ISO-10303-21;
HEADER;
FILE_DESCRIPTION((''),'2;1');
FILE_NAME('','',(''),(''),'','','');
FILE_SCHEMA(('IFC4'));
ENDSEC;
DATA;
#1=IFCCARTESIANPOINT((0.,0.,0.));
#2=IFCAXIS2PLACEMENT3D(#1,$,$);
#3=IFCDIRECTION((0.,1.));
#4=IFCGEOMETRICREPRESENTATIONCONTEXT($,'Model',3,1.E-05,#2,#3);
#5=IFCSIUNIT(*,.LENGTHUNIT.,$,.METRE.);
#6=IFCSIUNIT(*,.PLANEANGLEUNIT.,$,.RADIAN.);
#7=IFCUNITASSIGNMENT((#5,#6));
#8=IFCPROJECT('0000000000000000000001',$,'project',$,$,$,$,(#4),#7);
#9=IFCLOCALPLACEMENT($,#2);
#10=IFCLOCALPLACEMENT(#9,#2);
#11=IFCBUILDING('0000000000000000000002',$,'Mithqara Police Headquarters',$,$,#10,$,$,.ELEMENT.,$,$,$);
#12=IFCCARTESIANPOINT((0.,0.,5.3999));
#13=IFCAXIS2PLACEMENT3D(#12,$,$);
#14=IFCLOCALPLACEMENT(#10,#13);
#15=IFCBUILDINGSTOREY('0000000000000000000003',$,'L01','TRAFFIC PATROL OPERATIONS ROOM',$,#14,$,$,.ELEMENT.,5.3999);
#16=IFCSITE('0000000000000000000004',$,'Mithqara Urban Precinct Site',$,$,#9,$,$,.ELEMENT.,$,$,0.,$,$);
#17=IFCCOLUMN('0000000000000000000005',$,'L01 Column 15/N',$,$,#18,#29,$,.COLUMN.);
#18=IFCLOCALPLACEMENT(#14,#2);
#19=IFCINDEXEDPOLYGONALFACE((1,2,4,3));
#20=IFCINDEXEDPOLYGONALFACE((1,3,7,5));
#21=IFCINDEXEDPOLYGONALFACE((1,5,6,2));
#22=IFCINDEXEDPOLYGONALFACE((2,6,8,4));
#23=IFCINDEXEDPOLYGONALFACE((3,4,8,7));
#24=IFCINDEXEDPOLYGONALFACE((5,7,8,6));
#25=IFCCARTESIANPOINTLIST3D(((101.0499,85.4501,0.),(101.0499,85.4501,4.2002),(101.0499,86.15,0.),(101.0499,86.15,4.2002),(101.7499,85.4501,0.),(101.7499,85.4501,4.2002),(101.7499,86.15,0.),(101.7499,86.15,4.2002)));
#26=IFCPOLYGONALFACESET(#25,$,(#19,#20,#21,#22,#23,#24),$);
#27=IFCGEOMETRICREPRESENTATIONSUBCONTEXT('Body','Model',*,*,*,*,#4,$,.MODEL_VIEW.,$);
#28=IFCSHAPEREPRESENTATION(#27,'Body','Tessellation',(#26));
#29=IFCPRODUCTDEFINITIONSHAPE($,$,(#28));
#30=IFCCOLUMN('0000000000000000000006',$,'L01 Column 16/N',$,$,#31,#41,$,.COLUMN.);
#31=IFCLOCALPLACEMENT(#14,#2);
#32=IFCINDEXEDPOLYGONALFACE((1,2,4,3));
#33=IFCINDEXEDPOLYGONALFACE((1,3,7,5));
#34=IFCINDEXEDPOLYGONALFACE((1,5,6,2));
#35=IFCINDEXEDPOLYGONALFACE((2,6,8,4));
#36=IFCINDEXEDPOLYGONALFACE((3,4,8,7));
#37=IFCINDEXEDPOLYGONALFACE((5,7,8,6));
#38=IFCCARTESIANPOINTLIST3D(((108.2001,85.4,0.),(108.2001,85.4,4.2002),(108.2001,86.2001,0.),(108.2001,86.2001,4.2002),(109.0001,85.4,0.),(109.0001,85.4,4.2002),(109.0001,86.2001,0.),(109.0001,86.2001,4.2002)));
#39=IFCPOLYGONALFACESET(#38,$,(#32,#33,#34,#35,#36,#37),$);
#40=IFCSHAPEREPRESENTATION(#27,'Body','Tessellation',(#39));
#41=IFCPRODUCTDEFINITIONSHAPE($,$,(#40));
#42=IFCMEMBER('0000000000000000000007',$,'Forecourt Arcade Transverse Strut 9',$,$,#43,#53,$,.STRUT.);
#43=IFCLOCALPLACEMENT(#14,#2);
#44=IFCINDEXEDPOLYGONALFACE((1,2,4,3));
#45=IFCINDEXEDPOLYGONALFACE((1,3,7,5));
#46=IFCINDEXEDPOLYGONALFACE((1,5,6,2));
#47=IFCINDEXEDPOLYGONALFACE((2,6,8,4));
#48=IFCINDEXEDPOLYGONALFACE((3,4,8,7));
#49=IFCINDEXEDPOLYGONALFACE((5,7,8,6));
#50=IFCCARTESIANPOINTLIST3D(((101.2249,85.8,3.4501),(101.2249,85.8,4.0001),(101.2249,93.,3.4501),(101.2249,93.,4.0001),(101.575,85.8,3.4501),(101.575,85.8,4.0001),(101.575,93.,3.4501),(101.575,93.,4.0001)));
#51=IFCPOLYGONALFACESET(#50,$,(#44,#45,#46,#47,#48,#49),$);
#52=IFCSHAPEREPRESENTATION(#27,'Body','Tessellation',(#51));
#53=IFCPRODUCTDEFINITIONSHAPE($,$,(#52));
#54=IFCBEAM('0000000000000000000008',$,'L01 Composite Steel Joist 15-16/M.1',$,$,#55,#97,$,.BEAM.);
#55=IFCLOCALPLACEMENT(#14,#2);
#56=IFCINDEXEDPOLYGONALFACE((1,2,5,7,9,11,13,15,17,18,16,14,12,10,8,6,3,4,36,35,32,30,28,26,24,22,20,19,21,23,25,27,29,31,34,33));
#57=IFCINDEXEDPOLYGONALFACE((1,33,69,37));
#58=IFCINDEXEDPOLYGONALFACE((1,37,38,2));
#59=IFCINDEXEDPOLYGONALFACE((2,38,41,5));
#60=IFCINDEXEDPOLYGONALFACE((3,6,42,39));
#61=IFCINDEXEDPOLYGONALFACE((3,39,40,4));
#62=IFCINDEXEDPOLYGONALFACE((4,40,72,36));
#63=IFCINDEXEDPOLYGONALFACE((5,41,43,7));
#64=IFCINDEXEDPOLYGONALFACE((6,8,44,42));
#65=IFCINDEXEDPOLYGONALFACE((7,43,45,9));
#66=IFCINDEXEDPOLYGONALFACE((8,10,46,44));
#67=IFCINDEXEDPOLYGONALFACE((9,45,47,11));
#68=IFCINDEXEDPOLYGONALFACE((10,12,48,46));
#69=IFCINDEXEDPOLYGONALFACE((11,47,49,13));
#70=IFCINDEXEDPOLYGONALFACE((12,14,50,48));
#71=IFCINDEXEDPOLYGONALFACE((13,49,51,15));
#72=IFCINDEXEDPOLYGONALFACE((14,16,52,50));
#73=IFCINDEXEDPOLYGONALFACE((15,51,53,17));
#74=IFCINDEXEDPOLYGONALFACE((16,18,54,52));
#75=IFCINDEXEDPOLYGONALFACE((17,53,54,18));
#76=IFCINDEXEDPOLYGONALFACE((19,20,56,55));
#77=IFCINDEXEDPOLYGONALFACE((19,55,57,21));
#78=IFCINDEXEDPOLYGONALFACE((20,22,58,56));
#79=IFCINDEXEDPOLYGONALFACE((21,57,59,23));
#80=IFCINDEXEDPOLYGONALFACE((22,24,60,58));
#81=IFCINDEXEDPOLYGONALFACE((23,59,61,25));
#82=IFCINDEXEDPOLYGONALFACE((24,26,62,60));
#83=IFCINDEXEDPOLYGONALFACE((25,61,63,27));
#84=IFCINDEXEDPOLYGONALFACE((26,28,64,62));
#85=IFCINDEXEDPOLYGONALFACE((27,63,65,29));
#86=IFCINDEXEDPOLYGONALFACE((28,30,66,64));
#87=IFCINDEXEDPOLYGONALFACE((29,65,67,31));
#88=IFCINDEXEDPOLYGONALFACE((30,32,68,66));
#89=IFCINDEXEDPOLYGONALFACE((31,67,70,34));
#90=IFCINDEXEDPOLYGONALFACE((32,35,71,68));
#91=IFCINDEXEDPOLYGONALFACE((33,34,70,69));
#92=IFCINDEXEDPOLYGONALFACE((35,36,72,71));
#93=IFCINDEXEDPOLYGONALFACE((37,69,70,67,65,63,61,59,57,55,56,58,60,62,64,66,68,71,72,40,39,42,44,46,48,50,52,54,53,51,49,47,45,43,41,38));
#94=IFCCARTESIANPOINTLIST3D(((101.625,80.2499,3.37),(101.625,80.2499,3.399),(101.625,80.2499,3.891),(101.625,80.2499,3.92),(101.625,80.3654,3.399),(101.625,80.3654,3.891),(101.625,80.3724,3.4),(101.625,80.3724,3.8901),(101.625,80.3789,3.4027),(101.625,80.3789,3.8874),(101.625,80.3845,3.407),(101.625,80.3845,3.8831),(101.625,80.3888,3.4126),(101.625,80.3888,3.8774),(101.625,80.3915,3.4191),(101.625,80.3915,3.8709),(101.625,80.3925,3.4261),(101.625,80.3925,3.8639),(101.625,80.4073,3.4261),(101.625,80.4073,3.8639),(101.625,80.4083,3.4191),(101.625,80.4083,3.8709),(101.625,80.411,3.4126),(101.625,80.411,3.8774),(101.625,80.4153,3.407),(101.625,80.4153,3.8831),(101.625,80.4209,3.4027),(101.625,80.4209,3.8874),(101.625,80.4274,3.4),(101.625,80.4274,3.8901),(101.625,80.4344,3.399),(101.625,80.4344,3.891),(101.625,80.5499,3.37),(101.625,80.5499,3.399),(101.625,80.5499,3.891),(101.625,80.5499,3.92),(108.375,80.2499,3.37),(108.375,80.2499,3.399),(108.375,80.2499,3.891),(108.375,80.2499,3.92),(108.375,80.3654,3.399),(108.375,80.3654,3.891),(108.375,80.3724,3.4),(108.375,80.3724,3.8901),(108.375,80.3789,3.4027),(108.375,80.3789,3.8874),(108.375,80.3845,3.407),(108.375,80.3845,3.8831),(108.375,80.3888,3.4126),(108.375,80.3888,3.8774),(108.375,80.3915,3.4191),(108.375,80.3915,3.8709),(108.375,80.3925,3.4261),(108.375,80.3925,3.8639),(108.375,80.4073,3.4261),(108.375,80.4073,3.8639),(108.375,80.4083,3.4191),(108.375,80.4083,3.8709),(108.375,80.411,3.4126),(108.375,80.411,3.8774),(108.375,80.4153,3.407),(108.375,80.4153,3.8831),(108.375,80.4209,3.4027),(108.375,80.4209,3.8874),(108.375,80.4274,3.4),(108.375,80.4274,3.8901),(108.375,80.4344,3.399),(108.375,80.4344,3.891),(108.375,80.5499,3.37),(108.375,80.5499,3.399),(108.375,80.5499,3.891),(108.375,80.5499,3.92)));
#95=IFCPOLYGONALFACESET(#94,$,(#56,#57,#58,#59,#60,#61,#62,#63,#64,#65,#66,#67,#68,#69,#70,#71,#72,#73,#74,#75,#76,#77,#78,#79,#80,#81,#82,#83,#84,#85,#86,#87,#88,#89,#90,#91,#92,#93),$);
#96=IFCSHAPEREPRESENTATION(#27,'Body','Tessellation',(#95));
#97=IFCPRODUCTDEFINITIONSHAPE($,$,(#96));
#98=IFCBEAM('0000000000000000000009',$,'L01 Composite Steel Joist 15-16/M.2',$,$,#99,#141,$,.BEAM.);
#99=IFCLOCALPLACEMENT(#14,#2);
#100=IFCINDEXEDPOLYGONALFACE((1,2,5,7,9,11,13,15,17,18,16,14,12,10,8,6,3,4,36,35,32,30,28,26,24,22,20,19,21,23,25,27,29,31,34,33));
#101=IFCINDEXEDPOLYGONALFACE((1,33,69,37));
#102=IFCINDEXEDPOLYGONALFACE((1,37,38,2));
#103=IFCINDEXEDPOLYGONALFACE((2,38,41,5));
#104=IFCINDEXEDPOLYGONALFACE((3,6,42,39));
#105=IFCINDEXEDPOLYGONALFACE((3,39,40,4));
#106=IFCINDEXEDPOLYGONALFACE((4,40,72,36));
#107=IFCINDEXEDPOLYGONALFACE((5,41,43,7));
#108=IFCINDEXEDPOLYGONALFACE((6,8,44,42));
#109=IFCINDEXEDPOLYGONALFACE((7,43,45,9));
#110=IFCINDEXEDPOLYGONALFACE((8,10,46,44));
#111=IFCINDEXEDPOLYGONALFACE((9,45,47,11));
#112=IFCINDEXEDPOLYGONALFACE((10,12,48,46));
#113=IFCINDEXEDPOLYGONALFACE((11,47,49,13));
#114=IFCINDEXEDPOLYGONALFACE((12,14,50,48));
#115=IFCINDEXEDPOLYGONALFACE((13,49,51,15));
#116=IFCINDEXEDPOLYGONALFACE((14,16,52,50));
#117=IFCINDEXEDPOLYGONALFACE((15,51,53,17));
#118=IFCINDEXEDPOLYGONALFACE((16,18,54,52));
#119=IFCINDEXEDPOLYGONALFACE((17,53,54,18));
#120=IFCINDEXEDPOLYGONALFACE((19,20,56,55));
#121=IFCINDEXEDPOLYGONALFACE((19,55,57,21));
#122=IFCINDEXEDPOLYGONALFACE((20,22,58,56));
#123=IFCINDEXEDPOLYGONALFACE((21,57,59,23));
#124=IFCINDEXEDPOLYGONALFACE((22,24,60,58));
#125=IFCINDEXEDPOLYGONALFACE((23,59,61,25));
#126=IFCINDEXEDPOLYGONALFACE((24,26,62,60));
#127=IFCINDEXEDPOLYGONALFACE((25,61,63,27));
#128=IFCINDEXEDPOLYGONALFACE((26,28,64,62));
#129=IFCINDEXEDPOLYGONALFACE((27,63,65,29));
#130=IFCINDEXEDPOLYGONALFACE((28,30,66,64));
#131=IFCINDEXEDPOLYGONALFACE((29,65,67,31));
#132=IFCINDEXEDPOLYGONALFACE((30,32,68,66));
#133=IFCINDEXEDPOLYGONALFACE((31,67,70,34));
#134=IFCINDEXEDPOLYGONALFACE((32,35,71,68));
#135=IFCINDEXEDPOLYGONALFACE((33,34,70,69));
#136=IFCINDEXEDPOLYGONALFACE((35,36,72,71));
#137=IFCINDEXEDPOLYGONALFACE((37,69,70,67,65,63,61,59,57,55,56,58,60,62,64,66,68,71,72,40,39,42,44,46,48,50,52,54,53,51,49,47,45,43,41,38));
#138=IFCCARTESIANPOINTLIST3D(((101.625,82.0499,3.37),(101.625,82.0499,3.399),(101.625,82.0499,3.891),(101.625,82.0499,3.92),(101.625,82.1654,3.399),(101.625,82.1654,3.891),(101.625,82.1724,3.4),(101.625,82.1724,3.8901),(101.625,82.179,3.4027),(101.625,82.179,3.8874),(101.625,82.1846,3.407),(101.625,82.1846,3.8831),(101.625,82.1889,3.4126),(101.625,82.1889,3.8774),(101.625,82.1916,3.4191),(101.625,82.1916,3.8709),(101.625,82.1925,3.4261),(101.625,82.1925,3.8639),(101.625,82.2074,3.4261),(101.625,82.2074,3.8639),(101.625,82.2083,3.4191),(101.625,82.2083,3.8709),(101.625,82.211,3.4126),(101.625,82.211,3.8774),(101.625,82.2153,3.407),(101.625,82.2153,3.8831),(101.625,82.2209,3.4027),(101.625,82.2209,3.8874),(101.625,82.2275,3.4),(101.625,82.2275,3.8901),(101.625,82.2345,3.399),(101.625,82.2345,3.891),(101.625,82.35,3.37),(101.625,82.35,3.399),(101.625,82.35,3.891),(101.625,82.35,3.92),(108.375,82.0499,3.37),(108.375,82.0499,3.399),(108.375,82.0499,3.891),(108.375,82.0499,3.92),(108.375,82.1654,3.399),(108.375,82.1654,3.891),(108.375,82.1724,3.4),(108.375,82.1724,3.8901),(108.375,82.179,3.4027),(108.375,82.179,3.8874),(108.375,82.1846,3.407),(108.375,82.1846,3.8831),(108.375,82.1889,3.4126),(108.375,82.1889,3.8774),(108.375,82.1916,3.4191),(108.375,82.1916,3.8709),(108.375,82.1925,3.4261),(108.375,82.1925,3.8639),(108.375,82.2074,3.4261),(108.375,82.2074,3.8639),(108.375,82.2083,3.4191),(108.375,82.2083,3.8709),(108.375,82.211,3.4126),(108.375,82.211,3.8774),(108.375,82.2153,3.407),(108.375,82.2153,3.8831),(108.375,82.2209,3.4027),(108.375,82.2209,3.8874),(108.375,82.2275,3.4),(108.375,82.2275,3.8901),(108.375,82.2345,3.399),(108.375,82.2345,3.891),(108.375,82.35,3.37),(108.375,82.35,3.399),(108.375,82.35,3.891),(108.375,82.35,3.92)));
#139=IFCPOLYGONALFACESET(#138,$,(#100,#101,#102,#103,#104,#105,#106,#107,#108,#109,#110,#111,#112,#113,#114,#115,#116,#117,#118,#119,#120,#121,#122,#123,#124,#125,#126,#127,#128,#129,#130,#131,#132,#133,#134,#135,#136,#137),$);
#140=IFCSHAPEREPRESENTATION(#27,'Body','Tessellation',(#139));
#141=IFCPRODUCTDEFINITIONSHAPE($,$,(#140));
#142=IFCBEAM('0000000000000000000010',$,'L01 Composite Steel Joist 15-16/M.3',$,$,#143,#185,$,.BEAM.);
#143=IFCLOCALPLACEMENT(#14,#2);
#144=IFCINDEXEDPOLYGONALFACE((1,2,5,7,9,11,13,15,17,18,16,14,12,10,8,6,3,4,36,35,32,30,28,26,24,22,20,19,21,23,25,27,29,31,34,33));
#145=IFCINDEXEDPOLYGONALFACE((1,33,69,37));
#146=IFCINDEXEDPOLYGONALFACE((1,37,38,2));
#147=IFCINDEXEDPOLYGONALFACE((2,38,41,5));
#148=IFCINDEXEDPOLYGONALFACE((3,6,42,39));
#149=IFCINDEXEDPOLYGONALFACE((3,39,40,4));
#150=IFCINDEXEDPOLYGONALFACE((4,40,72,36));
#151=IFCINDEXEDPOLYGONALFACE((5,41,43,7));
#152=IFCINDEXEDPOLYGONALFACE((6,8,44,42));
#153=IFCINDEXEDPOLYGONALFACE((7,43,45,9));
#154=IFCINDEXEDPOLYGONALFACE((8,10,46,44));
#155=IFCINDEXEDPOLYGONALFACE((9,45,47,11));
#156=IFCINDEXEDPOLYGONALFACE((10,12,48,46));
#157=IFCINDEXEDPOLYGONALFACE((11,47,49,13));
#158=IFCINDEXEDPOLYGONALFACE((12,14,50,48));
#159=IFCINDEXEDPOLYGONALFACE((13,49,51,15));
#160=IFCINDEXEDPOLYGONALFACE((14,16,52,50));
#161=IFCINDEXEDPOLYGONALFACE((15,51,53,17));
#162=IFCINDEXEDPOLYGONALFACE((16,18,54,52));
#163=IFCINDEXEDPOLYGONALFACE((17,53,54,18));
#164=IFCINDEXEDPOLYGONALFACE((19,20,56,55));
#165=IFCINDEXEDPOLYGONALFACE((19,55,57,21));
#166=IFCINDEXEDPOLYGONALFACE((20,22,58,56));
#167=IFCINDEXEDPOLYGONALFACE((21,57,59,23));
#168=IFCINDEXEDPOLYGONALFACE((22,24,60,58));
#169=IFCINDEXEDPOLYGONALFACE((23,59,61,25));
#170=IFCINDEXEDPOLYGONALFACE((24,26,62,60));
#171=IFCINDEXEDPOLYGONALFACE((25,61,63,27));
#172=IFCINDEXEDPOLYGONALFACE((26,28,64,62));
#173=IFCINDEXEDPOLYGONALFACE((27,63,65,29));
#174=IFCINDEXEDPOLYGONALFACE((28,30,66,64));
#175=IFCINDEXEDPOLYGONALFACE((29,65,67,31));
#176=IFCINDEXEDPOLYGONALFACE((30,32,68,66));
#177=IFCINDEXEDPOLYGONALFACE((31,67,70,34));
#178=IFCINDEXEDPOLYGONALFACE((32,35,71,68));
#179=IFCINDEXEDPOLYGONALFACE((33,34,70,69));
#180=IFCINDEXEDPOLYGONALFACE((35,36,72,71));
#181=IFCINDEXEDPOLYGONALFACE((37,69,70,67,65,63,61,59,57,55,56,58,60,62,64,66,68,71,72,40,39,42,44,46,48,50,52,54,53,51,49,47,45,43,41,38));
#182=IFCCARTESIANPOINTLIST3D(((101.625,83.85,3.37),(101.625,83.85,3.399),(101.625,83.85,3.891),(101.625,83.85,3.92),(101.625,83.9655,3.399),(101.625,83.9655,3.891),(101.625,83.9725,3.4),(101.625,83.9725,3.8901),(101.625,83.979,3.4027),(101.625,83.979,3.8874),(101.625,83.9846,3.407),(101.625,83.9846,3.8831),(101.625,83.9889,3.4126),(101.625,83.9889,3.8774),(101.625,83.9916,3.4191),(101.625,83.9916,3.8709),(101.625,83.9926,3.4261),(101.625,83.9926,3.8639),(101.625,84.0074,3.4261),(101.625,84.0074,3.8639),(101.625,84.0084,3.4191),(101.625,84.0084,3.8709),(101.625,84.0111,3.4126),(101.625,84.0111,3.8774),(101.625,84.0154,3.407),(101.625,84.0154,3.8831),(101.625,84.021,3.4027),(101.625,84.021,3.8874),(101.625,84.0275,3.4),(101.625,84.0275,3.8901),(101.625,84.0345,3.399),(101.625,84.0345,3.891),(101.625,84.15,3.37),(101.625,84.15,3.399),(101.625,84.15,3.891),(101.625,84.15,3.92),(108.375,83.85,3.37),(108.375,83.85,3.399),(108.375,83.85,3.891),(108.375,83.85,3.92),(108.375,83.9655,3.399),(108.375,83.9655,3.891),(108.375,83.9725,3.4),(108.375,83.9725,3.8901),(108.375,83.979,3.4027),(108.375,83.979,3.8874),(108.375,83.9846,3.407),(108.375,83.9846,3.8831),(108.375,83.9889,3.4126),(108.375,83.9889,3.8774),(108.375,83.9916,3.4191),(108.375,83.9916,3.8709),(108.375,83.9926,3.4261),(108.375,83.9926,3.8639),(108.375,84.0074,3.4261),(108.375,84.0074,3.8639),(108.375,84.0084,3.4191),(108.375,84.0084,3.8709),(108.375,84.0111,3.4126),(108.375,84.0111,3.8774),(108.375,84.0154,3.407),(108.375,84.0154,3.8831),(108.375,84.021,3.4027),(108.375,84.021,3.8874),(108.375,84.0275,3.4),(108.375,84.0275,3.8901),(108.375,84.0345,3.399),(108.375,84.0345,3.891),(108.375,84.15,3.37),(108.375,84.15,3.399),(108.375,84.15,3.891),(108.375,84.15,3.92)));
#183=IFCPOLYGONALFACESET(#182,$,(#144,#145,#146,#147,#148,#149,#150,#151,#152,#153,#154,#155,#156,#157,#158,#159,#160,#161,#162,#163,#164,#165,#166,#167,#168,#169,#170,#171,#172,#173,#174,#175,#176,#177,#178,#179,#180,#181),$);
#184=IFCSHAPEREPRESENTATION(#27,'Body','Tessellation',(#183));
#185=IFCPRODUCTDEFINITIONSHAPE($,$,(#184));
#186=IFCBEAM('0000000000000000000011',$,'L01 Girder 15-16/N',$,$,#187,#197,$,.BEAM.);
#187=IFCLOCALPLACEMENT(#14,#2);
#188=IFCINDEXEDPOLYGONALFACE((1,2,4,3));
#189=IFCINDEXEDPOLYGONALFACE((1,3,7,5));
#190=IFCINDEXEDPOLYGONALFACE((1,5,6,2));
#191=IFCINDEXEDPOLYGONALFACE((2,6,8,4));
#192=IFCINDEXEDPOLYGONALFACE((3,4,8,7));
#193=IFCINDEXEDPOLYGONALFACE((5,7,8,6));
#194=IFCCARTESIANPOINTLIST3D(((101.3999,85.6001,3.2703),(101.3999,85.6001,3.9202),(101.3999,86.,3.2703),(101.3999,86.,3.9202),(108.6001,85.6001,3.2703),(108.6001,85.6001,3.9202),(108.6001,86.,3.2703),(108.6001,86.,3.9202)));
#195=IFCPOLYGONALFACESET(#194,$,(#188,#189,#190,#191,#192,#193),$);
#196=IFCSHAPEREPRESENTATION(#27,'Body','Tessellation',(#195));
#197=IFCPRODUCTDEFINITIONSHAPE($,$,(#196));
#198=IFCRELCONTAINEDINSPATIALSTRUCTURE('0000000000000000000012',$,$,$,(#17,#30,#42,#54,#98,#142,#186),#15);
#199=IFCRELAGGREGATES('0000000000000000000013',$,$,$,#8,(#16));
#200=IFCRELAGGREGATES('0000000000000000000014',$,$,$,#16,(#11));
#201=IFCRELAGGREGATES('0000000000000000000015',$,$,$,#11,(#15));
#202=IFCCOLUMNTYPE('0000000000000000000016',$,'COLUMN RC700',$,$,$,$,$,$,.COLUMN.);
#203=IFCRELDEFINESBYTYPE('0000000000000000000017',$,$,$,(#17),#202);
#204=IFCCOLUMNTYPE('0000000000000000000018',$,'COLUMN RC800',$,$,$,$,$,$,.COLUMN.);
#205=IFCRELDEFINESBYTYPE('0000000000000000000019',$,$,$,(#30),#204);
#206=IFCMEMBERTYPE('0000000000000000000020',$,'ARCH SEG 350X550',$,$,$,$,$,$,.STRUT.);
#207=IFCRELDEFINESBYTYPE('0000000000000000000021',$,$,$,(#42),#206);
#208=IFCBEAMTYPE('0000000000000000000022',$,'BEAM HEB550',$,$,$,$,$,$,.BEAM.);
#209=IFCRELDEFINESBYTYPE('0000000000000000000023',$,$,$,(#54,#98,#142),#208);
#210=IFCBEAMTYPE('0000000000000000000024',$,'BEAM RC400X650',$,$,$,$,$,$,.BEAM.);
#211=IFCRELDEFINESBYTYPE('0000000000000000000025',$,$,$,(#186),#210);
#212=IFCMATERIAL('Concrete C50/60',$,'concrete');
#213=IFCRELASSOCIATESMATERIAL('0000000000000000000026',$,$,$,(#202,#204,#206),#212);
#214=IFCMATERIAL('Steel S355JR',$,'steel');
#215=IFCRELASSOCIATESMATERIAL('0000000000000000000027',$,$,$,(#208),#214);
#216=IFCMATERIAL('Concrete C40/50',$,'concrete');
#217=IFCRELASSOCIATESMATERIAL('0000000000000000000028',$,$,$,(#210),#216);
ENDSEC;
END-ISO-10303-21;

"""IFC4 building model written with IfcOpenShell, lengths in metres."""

from ifc_helpers import new_model, si_unit, direction, frame, origin, origin_2d, place, context, subcontext, project, spatial, rectangle, i_section, extrude, material, material_profile, profile_set, type_object, element, save


model = new_model("IFC4")

# Units and contexts
model_context = context("Model", 3, precision=1e-05, world=origin(), true_north=direction((0.0, 1.0)))
body_context = subcontext(model_context, "Body", "Model", "MODEL_VIEW")
ifc_project = project(units=[si_unit("LENGTHUNIT", "METRE"), si_unit("PLANEANGLEUNIT", "RADIAN")], contexts=[model_context])

# Site, building, storey
site_placement = place(None, origin())
site = spatial("IfcSite", under=ifc_project, at=site_placement, Name="Mithqara Urban Precinct Site", CompositionType="ELEMENT", RefElevation=0.0)
building_placement = place(site_placement, origin())
building = spatial("IfcBuilding", under=site, at=building_placement, Name="Mithqara Police Headquarters", CompositionType="ELEMENT")
storey_placement = place(building_placement, frame((0.0, 0.0, 5.3999)))
storey = spatial("IfcBuildingStorey", under=building, at=storey_placement, Name="L01", Description="TRAFFIC PATROL OPERATIONS ROOM", CompositionType="ELEMENT", Elevation=5.3999)

# Columns
ifc_material_1 = material(Name="Concrete C50/60", Category="concrete")
ifc_material_profile_1 = material_profile(ifc_material_1, rectangle(XDim=0.7, YDim=0.7, at=origin_2d()), Name="RC 700x700")
ifc_profile_set_1 = profile_set([ifc_material_profile_1], Name="Concrete C50/60")
column_type_1 = type_object("IfcColumnType", Name="COLUMN RC700", PredefinedType="COLUMN", material=ifc_profile_set_1)
column_1_placement = place(storey_placement, frame((101.3999, 85.8, 0.0), z_axis=(0.0, 0.0, 1.0), x_axis=(1.0, 0.0, 0.0)))
element("IfcColumn", 1, at=column_1_placement, inside=storey, type_object=column_type_1, Name="L01 Column 15/N", PredefinedType="COLUMN", context=body_context, shape_type="SweptSolid", body=[
    extrude(rectangle(XDim=0.7, YDim=0.7, at=origin_2d()), origin(), (0.0, 0.0, 1.0), 4.2002),
])
ifc_material_profile_2 = material_profile(ifc_material_1, rectangle(XDim=0.8, YDim=0.8, at=origin_2d()), Name="RC 800x800")
ifc_profile_set_2 = profile_set([ifc_material_profile_2], Name="Concrete C50/60")
column_type_2 = type_object("IfcColumnType", Name="COLUMN RC800", PredefinedType="COLUMN", material=ifc_profile_set_2)
column_2_placement = place(storey_placement, frame((108.6001, 85.8, 0.0), z_axis=(0.0, 0.0, 1.0), x_axis=(1.0, 0.0, 0.0)))
element("IfcColumn", 2, at=column_2_placement, inside=storey, type_object=column_type_2, Name="L01 Column 16/N", PredefinedType="COLUMN", context=body_context, shape_type="SweptSolid", body=[
    extrude(rectangle(XDim=0.8, YDim=0.8, at=origin_2d()), origin(), (0.0, 0.0, 1.0), 4.2002),
])

# Member
ifc_material_profile_3 = material_profile(ifc_material_1, rectangle(XDim=0.3501, YDim=0.55, at=origin_2d()), Name="ARC 350x550")
ifc_profile_set_3 = profile_set([ifc_material_profile_3], Name="Concrete C50/60")
member_type = type_object("IfcMemberType", Name="ARCH SEG 350X550", PredefinedType="STRUT", material=ifc_profile_set_3)
member_placement = place(storey_placement, frame((101.3999, 85.8, 3.7251), z_axis=(0.0, 1.0, 0.0), x_axis=(-1.0, 0.0, 0.0)))
element("IfcMember", 3, at=member_placement, inside=storey, type_object=member_type, Name="Forecourt Arcade Transverse Strut 9", PredefinedType="STRUT", context=body_context, shape_type="SweptSolid", body=[
    extrude(rectangle(XDim=0.3501, YDim=0.55, at=origin_2d()), origin(), (0.0, 0.0, 1.0), 7.2),
])

# Beams
ifc_material_2 = material(Name="Steel S355JR", Category="steel")
ifc_material_profile_4 = material_profile(ifc_material_2, i_section(OverallWidth=0.3, OverallDepth=0.55, WebThickness=0.0149, FlangeThickness=0.0291, FilletRadius=0.0271, at=origin_2d()), Name="HEB 550")
ifc_profile_set_4 = profile_set([ifc_material_profile_4], Name="Steel S355JR")
beam_type_1 = type_object("IfcBeamType", Name="BEAM HEB550", PredefinedType="BEAM", material=ifc_profile_set_4)
for number, where, z_axis, x_axis, name in (
    (4, (101.625, 80.3999, 3.645), (1.0, 0.0, 0.0), (0.0, 1.0, 0.0), "L01 Composite Steel Joist 15-16/M.1"),
    (5, (101.625, 82.2, 3.645), (1.0, 0.0, 0.0), (0.0, 1.0, 0.0), "L01 Composite Steel Joist 15-16/M.2"),
    (6, (101.625, 84.0, 3.645), (1.0, 0.0, 0.0), (0.0, 1.0, 0.0), "L01 Composite Steel Joist 15-16/M.3"),
):
    element("IfcBeam", number, at=place(storey_placement, frame(where, z_axis=z_axis, x_axis=x_axis)), inside=storey, type_object=beam_type_1, Name=name, PredefinedType="BEAM", context=body_context, shape_type="SweptSolid", body=[
        extrude(i_section(OverallWidth=0.3, OverallDepth=0.55, WebThickness=0.0149, FlangeThickness=0.0291, FilletRadius=0.0271, at=origin_2d()), origin(), (0.0, 0.0, 1.0), 6.75),
    ])
ifc_material_3 = material(Name="Concrete C40/50", Category="concrete")
ifc_material_profile_5 = material_profile(ifc_material_3, rectangle(XDim=0.3999, YDim=0.6499, at=origin_2d()), Name="RC 400x650")
ifc_profile_set_5 = profile_set([ifc_material_profile_5], Name="Concrete C40/50")
beam_type_2 = type_object("IfcBeamType", Name="BEAM RC400X650", PredefinedType="BEAM", material=ifc_profile_set_5)
beam_placement = place(storey_placement, frame((101.3999, 85.8, 3.5952), z_axis=(1.0, 0.0, 0.0), x_axis=(0.0, 1.0, 0.0)))
element("IfcBeam", 7, at=beam_placement, inside=storey, type_object=beam_type_2, Name="L01 Girder 15-16/N", PredefinedType="BEAM", context=body_context, shape_type="SweptSolid", body=[
    extrude(rectangle(XDim=0.3999, YDim=0.6499, at=origin_2d()), origin(), (0.0, 0.0, 1.0), 7.2002),
])

save(model, "model.ifc")
